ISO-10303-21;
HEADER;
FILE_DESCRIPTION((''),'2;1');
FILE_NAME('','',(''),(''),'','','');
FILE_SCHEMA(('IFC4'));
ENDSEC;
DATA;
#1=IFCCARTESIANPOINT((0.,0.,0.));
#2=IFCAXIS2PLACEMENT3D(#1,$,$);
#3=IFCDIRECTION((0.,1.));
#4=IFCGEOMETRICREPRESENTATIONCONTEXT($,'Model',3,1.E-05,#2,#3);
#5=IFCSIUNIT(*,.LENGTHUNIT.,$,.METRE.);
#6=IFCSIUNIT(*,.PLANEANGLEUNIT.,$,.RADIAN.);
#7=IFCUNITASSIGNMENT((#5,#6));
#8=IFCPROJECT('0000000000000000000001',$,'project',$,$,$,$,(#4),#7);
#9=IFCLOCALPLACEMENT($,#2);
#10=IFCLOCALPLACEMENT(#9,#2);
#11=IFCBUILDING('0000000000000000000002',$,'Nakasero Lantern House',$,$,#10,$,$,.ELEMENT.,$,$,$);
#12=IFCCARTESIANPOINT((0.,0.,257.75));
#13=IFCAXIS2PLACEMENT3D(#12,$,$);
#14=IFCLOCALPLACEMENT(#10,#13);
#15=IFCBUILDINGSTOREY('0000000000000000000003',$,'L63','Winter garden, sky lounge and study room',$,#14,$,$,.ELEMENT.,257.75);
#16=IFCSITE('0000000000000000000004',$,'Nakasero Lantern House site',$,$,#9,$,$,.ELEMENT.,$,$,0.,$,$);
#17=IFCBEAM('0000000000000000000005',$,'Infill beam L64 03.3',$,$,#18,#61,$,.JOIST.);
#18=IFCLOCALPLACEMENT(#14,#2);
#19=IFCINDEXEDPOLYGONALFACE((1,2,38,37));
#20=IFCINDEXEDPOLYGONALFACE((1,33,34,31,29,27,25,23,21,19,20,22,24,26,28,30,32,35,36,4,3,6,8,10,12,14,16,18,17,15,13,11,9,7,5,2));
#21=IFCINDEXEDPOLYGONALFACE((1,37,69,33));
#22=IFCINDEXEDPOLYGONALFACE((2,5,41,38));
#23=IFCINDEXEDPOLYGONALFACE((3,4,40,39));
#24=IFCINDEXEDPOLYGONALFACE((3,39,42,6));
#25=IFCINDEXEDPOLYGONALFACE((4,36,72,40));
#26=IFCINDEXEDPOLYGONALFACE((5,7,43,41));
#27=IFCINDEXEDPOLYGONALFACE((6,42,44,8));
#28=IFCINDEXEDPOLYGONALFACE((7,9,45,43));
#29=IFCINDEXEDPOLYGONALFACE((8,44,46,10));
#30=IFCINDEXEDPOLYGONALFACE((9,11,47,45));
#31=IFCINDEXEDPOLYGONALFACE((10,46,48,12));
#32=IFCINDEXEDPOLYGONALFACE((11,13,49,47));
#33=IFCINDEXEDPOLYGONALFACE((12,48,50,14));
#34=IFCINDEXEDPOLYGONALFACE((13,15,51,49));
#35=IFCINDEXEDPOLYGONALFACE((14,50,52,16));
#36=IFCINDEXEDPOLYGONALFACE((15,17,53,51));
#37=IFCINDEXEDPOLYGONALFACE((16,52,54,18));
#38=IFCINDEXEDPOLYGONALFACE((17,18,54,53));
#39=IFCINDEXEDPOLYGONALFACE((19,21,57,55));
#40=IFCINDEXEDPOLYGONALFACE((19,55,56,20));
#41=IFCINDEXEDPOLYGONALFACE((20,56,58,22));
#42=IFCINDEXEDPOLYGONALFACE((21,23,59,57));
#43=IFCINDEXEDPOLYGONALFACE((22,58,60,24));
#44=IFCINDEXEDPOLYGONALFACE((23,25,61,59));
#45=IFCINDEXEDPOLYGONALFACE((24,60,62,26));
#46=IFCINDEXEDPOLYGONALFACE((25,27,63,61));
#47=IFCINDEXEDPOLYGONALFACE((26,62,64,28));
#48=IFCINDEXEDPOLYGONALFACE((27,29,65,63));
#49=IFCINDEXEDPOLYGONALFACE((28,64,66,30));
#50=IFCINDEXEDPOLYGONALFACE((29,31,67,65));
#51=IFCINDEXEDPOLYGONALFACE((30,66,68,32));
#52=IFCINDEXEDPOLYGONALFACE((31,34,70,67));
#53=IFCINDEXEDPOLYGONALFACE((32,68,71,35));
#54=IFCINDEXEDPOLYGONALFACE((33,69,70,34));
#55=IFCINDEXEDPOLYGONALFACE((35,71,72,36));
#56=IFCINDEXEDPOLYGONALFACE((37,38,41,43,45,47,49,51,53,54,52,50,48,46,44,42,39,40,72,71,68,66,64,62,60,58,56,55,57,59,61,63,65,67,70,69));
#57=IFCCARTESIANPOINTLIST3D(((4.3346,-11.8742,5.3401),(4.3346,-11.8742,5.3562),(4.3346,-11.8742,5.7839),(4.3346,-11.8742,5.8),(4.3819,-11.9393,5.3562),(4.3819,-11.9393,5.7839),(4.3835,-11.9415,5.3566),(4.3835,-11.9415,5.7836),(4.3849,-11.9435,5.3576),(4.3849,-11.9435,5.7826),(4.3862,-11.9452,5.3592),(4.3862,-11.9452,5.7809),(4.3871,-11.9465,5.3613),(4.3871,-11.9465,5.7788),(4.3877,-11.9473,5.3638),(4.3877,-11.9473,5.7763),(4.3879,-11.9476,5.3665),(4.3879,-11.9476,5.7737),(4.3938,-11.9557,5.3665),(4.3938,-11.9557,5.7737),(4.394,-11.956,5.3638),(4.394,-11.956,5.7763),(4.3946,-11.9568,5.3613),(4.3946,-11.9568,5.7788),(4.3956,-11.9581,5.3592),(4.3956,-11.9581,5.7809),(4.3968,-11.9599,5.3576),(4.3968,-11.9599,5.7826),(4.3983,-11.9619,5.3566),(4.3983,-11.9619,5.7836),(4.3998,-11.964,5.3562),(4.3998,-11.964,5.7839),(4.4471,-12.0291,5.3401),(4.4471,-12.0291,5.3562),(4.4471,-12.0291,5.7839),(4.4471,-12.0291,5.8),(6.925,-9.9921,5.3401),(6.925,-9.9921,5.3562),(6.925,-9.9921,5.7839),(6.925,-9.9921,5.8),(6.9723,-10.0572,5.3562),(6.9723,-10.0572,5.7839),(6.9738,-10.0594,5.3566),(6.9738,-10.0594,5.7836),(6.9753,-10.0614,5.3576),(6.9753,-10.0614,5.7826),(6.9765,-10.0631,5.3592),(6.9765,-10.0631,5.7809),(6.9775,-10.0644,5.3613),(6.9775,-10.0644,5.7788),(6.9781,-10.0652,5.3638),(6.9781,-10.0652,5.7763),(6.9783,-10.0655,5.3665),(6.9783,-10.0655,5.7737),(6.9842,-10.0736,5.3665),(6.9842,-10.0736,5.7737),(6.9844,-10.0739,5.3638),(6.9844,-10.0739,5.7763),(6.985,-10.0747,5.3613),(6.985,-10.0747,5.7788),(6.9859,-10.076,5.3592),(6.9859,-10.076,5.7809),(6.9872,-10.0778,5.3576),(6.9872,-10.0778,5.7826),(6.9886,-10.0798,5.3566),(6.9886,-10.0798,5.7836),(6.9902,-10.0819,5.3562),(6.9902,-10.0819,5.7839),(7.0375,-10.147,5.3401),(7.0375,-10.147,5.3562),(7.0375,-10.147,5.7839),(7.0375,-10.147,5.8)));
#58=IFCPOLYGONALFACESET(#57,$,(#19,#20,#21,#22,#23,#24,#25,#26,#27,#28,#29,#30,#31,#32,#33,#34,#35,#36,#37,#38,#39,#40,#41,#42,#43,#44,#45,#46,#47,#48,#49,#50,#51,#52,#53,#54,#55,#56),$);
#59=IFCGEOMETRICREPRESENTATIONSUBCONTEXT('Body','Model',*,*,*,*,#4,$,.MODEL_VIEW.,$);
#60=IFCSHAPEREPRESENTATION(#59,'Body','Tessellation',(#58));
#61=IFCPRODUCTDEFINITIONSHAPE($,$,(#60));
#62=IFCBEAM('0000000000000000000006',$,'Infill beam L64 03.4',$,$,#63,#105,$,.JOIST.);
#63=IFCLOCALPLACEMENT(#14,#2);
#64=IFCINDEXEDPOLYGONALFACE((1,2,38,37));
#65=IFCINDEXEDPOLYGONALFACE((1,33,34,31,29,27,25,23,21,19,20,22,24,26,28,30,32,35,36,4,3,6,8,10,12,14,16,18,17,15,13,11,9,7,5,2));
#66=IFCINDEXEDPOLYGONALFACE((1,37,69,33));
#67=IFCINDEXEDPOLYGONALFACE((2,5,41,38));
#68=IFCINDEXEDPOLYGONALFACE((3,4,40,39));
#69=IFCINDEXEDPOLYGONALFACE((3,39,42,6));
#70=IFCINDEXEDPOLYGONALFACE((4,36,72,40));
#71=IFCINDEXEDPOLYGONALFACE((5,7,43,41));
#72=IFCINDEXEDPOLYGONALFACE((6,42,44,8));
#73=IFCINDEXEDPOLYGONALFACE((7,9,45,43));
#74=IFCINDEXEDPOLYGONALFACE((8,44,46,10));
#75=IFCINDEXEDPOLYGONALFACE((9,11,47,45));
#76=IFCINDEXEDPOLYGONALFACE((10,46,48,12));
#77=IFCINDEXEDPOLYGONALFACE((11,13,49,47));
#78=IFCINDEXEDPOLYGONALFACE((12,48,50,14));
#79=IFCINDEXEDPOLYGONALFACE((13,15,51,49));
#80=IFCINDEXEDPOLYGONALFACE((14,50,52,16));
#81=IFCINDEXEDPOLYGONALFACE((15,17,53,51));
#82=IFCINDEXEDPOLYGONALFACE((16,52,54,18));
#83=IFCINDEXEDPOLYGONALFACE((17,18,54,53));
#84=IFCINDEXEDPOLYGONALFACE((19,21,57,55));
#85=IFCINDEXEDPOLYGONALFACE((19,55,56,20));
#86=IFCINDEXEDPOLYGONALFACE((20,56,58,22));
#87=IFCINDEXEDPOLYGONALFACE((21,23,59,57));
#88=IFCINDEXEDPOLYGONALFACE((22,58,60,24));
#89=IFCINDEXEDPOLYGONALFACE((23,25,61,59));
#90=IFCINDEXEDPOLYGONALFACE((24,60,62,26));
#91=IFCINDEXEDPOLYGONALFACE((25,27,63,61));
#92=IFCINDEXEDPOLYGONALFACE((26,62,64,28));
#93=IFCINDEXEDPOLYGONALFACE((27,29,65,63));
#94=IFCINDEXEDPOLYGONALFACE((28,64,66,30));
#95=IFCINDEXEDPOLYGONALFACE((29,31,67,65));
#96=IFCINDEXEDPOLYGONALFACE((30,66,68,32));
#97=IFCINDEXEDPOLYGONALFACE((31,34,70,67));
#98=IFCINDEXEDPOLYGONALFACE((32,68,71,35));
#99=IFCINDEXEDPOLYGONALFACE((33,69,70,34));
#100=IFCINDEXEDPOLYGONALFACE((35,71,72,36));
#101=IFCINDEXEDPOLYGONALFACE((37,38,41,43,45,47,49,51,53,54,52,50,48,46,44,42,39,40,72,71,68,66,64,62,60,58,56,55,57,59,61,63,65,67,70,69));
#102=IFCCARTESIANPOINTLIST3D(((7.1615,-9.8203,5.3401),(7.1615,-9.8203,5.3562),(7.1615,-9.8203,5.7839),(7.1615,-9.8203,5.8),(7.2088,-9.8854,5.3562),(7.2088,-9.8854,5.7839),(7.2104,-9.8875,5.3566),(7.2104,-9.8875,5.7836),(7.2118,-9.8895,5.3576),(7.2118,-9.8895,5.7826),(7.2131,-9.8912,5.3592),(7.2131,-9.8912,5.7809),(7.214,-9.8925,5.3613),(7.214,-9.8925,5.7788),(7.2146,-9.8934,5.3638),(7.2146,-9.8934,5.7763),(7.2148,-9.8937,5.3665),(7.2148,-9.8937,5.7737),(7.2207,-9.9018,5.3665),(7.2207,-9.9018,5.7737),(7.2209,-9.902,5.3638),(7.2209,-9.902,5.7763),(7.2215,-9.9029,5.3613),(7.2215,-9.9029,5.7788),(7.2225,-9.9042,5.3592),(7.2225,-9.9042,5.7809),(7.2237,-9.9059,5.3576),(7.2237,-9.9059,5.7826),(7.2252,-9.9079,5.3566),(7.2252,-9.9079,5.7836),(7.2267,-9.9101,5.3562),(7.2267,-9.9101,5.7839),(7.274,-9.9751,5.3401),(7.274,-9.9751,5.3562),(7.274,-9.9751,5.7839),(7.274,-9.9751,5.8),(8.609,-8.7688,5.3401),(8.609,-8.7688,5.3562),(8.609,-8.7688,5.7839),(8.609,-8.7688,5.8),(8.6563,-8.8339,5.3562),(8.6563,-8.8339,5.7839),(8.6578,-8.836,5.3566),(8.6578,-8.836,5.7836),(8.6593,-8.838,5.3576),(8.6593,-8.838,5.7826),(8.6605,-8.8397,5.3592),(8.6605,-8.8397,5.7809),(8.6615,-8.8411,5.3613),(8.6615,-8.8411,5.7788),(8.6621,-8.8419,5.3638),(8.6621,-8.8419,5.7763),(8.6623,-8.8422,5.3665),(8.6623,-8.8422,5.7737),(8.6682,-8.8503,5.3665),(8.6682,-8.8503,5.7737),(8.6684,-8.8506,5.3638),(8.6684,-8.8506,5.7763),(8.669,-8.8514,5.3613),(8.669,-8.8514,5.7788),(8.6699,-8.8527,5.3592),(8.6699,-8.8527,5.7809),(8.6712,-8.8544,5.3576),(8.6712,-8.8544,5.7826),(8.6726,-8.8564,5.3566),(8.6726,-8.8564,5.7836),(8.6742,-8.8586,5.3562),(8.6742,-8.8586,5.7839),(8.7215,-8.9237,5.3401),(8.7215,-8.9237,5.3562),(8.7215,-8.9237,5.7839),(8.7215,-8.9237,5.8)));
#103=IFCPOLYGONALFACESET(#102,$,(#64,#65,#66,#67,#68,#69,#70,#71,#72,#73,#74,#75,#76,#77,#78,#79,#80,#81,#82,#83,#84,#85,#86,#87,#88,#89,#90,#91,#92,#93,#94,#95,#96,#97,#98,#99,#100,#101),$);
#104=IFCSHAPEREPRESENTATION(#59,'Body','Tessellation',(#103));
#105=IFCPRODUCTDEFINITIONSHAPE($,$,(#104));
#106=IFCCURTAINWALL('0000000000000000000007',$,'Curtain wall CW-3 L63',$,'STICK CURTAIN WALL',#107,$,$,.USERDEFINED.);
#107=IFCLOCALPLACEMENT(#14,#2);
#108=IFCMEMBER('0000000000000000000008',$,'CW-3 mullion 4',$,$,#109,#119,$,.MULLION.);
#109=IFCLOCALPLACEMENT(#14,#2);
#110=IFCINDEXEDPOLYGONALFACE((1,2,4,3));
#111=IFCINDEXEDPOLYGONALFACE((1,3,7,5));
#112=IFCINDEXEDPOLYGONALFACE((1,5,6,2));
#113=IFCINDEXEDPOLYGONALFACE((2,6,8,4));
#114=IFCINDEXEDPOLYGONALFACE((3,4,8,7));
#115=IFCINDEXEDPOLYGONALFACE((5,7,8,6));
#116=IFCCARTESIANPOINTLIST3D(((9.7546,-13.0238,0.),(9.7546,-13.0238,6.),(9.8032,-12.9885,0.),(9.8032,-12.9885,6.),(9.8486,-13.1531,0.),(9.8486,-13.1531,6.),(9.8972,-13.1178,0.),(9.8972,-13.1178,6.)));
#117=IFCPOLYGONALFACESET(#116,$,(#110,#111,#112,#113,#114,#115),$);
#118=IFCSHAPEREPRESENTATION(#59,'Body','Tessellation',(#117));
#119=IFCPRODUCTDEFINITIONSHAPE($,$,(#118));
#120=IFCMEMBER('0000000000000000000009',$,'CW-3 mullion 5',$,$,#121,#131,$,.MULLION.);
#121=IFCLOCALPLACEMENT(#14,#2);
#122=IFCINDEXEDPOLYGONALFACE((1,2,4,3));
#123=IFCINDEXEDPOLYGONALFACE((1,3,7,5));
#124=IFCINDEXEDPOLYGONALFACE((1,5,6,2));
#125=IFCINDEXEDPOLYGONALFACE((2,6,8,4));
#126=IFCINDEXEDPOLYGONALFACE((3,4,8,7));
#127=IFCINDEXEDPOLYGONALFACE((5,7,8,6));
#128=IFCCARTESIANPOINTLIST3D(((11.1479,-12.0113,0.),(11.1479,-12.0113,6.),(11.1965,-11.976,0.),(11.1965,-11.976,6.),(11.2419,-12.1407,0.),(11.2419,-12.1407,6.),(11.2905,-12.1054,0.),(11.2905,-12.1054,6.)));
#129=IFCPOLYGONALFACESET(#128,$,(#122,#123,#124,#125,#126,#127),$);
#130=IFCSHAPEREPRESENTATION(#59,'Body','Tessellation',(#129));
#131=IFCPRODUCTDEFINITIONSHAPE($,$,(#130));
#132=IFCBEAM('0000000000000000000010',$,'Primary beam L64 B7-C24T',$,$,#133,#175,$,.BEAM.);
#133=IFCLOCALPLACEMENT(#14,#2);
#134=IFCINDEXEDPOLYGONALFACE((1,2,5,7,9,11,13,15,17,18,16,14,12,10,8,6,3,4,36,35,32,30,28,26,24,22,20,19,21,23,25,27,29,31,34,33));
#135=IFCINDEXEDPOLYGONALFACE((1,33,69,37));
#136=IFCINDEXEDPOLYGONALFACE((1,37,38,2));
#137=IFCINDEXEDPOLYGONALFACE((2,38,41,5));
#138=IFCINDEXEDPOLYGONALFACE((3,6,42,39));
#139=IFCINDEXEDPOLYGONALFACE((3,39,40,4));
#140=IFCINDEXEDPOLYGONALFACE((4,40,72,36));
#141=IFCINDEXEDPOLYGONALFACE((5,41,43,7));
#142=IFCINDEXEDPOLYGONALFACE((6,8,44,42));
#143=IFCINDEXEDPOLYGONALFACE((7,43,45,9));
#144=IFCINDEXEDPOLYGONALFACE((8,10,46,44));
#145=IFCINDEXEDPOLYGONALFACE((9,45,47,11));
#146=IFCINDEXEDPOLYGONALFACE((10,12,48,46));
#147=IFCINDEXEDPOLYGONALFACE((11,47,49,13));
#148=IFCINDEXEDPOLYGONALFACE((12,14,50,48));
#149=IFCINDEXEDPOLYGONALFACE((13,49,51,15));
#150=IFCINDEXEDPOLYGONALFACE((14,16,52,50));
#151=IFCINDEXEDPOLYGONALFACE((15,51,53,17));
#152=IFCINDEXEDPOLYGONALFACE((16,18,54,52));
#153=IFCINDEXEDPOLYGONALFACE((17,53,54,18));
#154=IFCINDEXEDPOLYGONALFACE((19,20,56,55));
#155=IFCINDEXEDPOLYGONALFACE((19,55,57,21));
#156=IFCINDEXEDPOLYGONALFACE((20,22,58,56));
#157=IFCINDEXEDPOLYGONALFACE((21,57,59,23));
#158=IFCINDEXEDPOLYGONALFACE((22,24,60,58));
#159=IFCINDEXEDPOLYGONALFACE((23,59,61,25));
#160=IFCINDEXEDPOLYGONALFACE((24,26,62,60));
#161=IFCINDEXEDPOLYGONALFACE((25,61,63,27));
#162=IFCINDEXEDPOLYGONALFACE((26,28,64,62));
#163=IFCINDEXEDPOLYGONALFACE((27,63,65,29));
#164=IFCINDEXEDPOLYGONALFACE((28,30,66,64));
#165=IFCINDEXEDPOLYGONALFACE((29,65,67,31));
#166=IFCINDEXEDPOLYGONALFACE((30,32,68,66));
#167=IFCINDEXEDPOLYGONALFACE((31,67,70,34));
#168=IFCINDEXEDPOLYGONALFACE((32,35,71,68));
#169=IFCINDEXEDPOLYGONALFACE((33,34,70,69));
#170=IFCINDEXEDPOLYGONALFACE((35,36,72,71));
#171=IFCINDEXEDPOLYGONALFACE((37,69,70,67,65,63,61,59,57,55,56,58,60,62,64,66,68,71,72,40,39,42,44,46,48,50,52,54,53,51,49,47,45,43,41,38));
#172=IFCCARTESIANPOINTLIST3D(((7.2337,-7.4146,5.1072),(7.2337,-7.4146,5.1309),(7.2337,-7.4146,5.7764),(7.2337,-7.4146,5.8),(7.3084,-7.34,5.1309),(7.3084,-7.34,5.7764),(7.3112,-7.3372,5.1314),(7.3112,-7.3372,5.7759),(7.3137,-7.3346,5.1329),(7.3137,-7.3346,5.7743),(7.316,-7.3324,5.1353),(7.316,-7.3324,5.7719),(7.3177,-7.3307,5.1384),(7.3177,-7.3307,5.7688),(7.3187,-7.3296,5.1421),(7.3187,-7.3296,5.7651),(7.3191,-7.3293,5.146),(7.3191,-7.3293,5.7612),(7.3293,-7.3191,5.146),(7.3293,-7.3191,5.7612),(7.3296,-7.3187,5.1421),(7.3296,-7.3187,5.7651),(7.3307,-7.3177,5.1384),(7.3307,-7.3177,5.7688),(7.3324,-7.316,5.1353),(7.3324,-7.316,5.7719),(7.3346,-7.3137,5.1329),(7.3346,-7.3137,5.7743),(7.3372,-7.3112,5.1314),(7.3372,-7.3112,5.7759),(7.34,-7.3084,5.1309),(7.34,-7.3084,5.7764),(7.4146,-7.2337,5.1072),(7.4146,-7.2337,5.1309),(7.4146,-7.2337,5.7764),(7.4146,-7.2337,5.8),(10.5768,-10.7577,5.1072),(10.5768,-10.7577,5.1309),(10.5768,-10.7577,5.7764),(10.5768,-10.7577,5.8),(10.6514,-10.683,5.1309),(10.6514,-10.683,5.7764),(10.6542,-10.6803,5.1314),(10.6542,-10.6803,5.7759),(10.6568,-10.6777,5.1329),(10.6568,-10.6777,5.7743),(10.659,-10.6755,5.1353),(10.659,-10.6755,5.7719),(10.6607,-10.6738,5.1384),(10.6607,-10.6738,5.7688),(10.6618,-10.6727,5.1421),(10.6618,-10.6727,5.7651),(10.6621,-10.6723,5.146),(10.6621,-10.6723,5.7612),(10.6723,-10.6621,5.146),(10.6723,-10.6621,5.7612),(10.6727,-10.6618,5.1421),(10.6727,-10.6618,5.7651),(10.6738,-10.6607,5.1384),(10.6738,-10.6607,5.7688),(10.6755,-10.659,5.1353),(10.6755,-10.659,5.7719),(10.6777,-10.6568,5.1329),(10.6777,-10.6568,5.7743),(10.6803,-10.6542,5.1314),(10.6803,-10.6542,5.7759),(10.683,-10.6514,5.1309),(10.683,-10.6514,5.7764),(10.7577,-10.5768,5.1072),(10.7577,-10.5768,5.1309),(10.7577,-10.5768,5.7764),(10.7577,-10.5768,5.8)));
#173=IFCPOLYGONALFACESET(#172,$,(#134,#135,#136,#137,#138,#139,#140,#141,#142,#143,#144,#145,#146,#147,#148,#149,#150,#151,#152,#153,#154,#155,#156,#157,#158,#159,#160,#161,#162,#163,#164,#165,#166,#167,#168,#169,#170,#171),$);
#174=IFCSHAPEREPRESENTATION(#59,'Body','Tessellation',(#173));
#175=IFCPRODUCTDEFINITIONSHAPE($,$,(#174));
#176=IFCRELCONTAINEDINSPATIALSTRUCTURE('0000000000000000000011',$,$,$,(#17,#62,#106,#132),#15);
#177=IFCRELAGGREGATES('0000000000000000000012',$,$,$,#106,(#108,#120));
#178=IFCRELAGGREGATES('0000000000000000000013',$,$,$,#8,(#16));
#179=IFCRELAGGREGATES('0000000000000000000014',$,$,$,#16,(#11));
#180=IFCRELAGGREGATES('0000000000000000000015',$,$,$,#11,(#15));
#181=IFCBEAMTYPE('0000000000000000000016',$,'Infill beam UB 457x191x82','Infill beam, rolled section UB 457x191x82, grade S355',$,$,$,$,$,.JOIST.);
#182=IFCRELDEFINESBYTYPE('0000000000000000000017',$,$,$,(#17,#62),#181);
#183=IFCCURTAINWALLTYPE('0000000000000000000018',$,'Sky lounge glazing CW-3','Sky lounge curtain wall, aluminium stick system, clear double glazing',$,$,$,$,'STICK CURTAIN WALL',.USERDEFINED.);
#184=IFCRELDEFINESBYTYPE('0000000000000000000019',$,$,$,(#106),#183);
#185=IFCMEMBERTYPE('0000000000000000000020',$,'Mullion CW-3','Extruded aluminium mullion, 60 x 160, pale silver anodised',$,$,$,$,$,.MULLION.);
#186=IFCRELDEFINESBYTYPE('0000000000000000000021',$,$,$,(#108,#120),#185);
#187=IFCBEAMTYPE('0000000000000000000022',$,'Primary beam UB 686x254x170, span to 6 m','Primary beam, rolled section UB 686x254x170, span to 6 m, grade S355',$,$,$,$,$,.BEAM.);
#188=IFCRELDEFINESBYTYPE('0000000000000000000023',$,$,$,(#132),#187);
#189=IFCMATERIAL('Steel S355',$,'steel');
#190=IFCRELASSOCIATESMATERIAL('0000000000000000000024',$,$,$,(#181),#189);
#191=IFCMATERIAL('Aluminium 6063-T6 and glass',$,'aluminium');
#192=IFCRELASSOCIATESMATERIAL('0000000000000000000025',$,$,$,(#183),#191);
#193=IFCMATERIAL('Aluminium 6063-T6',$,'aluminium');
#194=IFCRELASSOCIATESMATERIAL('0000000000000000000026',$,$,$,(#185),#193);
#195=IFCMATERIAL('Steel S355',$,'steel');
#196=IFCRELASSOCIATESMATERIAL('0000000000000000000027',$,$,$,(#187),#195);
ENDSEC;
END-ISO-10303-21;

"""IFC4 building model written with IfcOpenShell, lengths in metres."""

from ifc_helpers import new_model, si_unit, direction, frame, origin, origin_2d, place, context, subcontext, project, spatial, rectangle, i_section, extrude, material, material_profile, profile_set, type_object, element, aggregate, save


model = new_model("IFC4")

# Units and contexts
model_context = context("Model", 3, precision=1e-05, world=origin(), true_north=direction((0.0, 1.0)))
body_context = subcontext(model_context, "Body", "Model", "MODEL_VIEW")
ifc_project = project(units=[si_unit("LENGTHUNIT", "METRE"), si_unit("PLANEANGLEUNIT", "RADIAN")], contexts=[model_context])

# Site, building, storey
site_placement = place(None, origin())
site = spatial("IfcSite", under=ifc_project, at=site_placement, Name="Nakasero Lantern House site", CompositionType="ELEMENT", RefElevation=0.0)
building_placement = place(site_placement, origin())
building = spatial("IfcBuilding", under=site, at=building_placement, Name="Nakasero Lantern House", CompositionType="ELEMENT")
storey_placement = place(building_placement, frame((0.0, 0.0, 257.75)))
storey = spatial("IfcBuildingStorey", under=building, at=storey_placement, Name="L63", Description="Winter garden, sky lounge and study room", CompositionType="ELEMENT", Elevation=257.75)

# Beams
ifc_material_1 = material(Name="Steel S355", Category="steel")
ifc_material_profile_1 = material_profile(ifc_material_1, i_section(OverallWidth=0.1914, OverallDepth=0.46, WebThickness=0.01, FlangeThickness=0.0161, FilletRadius=0.0103, at=origin_2d()), Name="UB 457x191x82")
ifc_profile_set_1 = profile_set([ifc_material_profile_1], Name="Steel S355")
beam_type_1 = type_object("IfcBeamType", Name="Infill beam UB 457x191x82", Description="Infill beam, rolled section UB 457x191x82, grade S355", PredefinedType="JOIST", material=ifc_profile_set_1)
beam_1_placement = place(storey_placement, frame((4.3909, -11.9517, 5.5701), z_axis=(0.809003, 0.587804, 0.0), x_axis=(-0.587804, 0.809003, 0.0)))
element("IfcBeam", 1, at=beam_1_placement, inside=storey, type_object=beam_type_1, Name="Infill beam L64 03.3", PredefinedType="JOIST", context=body_context, shape_type="SweptSolid", body=[
    extrude(i_section(OverallWidth=0.1914, OverallDepth=0.46, WebThickness=0.01, FlangeThickness=0.0161, FilletRadius=0.0103, at=origin_2d()), origin(), (0.0, 0.0, 1.0), 3.2019),
])
beam_2_placement = place(storey_placement, frame((7.2178, -9.8977, 5.5701), z_axis=(0.809061, 0.587725, 0.0), x_axis=(-0.587725, 0.809061, 0.0)))
element("IfcBeam", 2, at=beam_2_placement, inside=storey, type_object=beam_type_1, Name="Infill beam L64 03.4", PredefinedType="JOIST", context=body_context, shape_type="SweptSolid", body=[
    extrude(i_section(OverallWidth=0.1914, OverallDepth=0.46, WebThickness=0.01, FlangeThickness=0.0161, FilletRadius=0.0103, at=origin_2d()), origin(), (0.0, 0.0, 1.0), 1.7891),
])

# Curtain wall, members
ifc_material_2 = material(Name="Aluminium 6063-T6 and glass", Category="aluminium")
curtain_wall_type = type_object("IfcCurtainWallType", Name="Sky lounge glazing CW-3", Description="Sky lounge curtain wall, aluminium stick system, clear double glazing", ElementType="STICK CURTAIN WALL", PredefinedType="USERDEFINED", material=ifc_material_2)
curtain_wall_placement = place(storey_placement, origin())
curtain_wall = element("IfcCurtainWall", 3, at=curtain_wall_placement, inside=storey, type_object=curtain_wall_type, Name="Curtain wall CW-3 L63", ObjectType="STICK CURTAIN WALL", PredefinedType="USERDEFINED")
ifc_material_3 = material(Name="Aluminium 6063-T6", Category="aluminium")
ifc_material_profile_2 = material_profile(ifc_material_3, rectangle(XDim=0.0601, YDim=0.1599, at=origin_2d()), Name="CW-3 mullion 60x160")
ifc_profile_set_2 = profile_set([ifc_material_profile_2], Name="Aluminium 6063-T6")
member_type_1 = type_object("IfcMemberType", Name="Mullion CW-3", Description="Extruded aluminium mullion, 60 x 160, pale silver anodised", PredefinedType="MULLION", material=ifc_profile_set_2)
member_1_placement = place(storey_placement, frame((9.8259, -13.0708, 0.0), z_axis=(0.0, 0.0, 1.0), x_axis=(0.809017, 0.587785, 0.0)))
member_1 = element("IfcMember", 4, at=member_1_placement, type_object=member_type_1, Name="CW-3 mullion 4", PredefinedType="MULLION", context=body_context, shape_type="SweptSolid", body=[
    extrude(rectangle(XDim=0.0601, YDim=0.1599, at=origin_2d()), origin(), (0.0, 0.0, 1.0), 6.0),
])
member_2_placement = place(storey_placement, frame((11.2192, -12.0583, 0.0), z_axis=(0.0, 0.0, 1.0), x_axis=(0.809017, 0.587785, 0.0)))
member_2 = element("IfcMember", 5, at=member_2_placement, type_object=member_type_1, Name="CW-3 mullion 5", PredefinedType="MULLION", context=body_context, shape_type="SweptSolid", body=[
    extrude(rectangle(XDim=0.0601, YDim=0.1599, at=origin_2d()), origin(), (0.0, 0.0, 1.0), 6.0),
])

# Beam
ifc_material_4 = material(Name="Steel S355", Category="steel")
ifc_material_profile_3 = material_profile(ifc_material_4, i_section(OverallWidth=0.2559, OverallDepth=0.6929, WebThickness=0.0144, FlangeThickness=0.0237, FilletRadius=0.0151, at=origin_2d()), Name="UB 686x254x170")
ifc_profile_set_3 = profile_set([ifc_material_profile_3], Name="Steel S355")
beam_type_2 = type_object("IfcBeamType", Name="Primary beam UB 686x254x170, span to 6 m", Description="Primary beam, rolled section UB 686x254x170, span to 6 m, grade S355", PredefinedType="BEAM", material=ifc_profile_set_3)
beam_3_placement = place(storey_placement, frame((10.6672, -10.6672, 5.4536), z_axis=(-0.707107, 0.707107, 0.0), x_axis=(-0.707107, -0.707107, 0.0)))
element("IfcBeam", 6, at=beam_3_placement, inside=storey, type_object=beam_type_2, Name="Primary beam L64 B7-C24T", PredefinedType="BEAM", context=body_context, shape_type="SweptSolid", body=[
    extrude(i_section(OverallWidth=0.2559, OverallDepth=0.6929, WebThickness=0.0144, FlangeThickness=0.0237, FilletRadius=0.0151, at=origin_2d()), origin(), (0.0, 0.0, 1.0), 4.7278),
])

aggregate(curtain_wall, [member_1, member_2])

save(model, "model.ifc")
